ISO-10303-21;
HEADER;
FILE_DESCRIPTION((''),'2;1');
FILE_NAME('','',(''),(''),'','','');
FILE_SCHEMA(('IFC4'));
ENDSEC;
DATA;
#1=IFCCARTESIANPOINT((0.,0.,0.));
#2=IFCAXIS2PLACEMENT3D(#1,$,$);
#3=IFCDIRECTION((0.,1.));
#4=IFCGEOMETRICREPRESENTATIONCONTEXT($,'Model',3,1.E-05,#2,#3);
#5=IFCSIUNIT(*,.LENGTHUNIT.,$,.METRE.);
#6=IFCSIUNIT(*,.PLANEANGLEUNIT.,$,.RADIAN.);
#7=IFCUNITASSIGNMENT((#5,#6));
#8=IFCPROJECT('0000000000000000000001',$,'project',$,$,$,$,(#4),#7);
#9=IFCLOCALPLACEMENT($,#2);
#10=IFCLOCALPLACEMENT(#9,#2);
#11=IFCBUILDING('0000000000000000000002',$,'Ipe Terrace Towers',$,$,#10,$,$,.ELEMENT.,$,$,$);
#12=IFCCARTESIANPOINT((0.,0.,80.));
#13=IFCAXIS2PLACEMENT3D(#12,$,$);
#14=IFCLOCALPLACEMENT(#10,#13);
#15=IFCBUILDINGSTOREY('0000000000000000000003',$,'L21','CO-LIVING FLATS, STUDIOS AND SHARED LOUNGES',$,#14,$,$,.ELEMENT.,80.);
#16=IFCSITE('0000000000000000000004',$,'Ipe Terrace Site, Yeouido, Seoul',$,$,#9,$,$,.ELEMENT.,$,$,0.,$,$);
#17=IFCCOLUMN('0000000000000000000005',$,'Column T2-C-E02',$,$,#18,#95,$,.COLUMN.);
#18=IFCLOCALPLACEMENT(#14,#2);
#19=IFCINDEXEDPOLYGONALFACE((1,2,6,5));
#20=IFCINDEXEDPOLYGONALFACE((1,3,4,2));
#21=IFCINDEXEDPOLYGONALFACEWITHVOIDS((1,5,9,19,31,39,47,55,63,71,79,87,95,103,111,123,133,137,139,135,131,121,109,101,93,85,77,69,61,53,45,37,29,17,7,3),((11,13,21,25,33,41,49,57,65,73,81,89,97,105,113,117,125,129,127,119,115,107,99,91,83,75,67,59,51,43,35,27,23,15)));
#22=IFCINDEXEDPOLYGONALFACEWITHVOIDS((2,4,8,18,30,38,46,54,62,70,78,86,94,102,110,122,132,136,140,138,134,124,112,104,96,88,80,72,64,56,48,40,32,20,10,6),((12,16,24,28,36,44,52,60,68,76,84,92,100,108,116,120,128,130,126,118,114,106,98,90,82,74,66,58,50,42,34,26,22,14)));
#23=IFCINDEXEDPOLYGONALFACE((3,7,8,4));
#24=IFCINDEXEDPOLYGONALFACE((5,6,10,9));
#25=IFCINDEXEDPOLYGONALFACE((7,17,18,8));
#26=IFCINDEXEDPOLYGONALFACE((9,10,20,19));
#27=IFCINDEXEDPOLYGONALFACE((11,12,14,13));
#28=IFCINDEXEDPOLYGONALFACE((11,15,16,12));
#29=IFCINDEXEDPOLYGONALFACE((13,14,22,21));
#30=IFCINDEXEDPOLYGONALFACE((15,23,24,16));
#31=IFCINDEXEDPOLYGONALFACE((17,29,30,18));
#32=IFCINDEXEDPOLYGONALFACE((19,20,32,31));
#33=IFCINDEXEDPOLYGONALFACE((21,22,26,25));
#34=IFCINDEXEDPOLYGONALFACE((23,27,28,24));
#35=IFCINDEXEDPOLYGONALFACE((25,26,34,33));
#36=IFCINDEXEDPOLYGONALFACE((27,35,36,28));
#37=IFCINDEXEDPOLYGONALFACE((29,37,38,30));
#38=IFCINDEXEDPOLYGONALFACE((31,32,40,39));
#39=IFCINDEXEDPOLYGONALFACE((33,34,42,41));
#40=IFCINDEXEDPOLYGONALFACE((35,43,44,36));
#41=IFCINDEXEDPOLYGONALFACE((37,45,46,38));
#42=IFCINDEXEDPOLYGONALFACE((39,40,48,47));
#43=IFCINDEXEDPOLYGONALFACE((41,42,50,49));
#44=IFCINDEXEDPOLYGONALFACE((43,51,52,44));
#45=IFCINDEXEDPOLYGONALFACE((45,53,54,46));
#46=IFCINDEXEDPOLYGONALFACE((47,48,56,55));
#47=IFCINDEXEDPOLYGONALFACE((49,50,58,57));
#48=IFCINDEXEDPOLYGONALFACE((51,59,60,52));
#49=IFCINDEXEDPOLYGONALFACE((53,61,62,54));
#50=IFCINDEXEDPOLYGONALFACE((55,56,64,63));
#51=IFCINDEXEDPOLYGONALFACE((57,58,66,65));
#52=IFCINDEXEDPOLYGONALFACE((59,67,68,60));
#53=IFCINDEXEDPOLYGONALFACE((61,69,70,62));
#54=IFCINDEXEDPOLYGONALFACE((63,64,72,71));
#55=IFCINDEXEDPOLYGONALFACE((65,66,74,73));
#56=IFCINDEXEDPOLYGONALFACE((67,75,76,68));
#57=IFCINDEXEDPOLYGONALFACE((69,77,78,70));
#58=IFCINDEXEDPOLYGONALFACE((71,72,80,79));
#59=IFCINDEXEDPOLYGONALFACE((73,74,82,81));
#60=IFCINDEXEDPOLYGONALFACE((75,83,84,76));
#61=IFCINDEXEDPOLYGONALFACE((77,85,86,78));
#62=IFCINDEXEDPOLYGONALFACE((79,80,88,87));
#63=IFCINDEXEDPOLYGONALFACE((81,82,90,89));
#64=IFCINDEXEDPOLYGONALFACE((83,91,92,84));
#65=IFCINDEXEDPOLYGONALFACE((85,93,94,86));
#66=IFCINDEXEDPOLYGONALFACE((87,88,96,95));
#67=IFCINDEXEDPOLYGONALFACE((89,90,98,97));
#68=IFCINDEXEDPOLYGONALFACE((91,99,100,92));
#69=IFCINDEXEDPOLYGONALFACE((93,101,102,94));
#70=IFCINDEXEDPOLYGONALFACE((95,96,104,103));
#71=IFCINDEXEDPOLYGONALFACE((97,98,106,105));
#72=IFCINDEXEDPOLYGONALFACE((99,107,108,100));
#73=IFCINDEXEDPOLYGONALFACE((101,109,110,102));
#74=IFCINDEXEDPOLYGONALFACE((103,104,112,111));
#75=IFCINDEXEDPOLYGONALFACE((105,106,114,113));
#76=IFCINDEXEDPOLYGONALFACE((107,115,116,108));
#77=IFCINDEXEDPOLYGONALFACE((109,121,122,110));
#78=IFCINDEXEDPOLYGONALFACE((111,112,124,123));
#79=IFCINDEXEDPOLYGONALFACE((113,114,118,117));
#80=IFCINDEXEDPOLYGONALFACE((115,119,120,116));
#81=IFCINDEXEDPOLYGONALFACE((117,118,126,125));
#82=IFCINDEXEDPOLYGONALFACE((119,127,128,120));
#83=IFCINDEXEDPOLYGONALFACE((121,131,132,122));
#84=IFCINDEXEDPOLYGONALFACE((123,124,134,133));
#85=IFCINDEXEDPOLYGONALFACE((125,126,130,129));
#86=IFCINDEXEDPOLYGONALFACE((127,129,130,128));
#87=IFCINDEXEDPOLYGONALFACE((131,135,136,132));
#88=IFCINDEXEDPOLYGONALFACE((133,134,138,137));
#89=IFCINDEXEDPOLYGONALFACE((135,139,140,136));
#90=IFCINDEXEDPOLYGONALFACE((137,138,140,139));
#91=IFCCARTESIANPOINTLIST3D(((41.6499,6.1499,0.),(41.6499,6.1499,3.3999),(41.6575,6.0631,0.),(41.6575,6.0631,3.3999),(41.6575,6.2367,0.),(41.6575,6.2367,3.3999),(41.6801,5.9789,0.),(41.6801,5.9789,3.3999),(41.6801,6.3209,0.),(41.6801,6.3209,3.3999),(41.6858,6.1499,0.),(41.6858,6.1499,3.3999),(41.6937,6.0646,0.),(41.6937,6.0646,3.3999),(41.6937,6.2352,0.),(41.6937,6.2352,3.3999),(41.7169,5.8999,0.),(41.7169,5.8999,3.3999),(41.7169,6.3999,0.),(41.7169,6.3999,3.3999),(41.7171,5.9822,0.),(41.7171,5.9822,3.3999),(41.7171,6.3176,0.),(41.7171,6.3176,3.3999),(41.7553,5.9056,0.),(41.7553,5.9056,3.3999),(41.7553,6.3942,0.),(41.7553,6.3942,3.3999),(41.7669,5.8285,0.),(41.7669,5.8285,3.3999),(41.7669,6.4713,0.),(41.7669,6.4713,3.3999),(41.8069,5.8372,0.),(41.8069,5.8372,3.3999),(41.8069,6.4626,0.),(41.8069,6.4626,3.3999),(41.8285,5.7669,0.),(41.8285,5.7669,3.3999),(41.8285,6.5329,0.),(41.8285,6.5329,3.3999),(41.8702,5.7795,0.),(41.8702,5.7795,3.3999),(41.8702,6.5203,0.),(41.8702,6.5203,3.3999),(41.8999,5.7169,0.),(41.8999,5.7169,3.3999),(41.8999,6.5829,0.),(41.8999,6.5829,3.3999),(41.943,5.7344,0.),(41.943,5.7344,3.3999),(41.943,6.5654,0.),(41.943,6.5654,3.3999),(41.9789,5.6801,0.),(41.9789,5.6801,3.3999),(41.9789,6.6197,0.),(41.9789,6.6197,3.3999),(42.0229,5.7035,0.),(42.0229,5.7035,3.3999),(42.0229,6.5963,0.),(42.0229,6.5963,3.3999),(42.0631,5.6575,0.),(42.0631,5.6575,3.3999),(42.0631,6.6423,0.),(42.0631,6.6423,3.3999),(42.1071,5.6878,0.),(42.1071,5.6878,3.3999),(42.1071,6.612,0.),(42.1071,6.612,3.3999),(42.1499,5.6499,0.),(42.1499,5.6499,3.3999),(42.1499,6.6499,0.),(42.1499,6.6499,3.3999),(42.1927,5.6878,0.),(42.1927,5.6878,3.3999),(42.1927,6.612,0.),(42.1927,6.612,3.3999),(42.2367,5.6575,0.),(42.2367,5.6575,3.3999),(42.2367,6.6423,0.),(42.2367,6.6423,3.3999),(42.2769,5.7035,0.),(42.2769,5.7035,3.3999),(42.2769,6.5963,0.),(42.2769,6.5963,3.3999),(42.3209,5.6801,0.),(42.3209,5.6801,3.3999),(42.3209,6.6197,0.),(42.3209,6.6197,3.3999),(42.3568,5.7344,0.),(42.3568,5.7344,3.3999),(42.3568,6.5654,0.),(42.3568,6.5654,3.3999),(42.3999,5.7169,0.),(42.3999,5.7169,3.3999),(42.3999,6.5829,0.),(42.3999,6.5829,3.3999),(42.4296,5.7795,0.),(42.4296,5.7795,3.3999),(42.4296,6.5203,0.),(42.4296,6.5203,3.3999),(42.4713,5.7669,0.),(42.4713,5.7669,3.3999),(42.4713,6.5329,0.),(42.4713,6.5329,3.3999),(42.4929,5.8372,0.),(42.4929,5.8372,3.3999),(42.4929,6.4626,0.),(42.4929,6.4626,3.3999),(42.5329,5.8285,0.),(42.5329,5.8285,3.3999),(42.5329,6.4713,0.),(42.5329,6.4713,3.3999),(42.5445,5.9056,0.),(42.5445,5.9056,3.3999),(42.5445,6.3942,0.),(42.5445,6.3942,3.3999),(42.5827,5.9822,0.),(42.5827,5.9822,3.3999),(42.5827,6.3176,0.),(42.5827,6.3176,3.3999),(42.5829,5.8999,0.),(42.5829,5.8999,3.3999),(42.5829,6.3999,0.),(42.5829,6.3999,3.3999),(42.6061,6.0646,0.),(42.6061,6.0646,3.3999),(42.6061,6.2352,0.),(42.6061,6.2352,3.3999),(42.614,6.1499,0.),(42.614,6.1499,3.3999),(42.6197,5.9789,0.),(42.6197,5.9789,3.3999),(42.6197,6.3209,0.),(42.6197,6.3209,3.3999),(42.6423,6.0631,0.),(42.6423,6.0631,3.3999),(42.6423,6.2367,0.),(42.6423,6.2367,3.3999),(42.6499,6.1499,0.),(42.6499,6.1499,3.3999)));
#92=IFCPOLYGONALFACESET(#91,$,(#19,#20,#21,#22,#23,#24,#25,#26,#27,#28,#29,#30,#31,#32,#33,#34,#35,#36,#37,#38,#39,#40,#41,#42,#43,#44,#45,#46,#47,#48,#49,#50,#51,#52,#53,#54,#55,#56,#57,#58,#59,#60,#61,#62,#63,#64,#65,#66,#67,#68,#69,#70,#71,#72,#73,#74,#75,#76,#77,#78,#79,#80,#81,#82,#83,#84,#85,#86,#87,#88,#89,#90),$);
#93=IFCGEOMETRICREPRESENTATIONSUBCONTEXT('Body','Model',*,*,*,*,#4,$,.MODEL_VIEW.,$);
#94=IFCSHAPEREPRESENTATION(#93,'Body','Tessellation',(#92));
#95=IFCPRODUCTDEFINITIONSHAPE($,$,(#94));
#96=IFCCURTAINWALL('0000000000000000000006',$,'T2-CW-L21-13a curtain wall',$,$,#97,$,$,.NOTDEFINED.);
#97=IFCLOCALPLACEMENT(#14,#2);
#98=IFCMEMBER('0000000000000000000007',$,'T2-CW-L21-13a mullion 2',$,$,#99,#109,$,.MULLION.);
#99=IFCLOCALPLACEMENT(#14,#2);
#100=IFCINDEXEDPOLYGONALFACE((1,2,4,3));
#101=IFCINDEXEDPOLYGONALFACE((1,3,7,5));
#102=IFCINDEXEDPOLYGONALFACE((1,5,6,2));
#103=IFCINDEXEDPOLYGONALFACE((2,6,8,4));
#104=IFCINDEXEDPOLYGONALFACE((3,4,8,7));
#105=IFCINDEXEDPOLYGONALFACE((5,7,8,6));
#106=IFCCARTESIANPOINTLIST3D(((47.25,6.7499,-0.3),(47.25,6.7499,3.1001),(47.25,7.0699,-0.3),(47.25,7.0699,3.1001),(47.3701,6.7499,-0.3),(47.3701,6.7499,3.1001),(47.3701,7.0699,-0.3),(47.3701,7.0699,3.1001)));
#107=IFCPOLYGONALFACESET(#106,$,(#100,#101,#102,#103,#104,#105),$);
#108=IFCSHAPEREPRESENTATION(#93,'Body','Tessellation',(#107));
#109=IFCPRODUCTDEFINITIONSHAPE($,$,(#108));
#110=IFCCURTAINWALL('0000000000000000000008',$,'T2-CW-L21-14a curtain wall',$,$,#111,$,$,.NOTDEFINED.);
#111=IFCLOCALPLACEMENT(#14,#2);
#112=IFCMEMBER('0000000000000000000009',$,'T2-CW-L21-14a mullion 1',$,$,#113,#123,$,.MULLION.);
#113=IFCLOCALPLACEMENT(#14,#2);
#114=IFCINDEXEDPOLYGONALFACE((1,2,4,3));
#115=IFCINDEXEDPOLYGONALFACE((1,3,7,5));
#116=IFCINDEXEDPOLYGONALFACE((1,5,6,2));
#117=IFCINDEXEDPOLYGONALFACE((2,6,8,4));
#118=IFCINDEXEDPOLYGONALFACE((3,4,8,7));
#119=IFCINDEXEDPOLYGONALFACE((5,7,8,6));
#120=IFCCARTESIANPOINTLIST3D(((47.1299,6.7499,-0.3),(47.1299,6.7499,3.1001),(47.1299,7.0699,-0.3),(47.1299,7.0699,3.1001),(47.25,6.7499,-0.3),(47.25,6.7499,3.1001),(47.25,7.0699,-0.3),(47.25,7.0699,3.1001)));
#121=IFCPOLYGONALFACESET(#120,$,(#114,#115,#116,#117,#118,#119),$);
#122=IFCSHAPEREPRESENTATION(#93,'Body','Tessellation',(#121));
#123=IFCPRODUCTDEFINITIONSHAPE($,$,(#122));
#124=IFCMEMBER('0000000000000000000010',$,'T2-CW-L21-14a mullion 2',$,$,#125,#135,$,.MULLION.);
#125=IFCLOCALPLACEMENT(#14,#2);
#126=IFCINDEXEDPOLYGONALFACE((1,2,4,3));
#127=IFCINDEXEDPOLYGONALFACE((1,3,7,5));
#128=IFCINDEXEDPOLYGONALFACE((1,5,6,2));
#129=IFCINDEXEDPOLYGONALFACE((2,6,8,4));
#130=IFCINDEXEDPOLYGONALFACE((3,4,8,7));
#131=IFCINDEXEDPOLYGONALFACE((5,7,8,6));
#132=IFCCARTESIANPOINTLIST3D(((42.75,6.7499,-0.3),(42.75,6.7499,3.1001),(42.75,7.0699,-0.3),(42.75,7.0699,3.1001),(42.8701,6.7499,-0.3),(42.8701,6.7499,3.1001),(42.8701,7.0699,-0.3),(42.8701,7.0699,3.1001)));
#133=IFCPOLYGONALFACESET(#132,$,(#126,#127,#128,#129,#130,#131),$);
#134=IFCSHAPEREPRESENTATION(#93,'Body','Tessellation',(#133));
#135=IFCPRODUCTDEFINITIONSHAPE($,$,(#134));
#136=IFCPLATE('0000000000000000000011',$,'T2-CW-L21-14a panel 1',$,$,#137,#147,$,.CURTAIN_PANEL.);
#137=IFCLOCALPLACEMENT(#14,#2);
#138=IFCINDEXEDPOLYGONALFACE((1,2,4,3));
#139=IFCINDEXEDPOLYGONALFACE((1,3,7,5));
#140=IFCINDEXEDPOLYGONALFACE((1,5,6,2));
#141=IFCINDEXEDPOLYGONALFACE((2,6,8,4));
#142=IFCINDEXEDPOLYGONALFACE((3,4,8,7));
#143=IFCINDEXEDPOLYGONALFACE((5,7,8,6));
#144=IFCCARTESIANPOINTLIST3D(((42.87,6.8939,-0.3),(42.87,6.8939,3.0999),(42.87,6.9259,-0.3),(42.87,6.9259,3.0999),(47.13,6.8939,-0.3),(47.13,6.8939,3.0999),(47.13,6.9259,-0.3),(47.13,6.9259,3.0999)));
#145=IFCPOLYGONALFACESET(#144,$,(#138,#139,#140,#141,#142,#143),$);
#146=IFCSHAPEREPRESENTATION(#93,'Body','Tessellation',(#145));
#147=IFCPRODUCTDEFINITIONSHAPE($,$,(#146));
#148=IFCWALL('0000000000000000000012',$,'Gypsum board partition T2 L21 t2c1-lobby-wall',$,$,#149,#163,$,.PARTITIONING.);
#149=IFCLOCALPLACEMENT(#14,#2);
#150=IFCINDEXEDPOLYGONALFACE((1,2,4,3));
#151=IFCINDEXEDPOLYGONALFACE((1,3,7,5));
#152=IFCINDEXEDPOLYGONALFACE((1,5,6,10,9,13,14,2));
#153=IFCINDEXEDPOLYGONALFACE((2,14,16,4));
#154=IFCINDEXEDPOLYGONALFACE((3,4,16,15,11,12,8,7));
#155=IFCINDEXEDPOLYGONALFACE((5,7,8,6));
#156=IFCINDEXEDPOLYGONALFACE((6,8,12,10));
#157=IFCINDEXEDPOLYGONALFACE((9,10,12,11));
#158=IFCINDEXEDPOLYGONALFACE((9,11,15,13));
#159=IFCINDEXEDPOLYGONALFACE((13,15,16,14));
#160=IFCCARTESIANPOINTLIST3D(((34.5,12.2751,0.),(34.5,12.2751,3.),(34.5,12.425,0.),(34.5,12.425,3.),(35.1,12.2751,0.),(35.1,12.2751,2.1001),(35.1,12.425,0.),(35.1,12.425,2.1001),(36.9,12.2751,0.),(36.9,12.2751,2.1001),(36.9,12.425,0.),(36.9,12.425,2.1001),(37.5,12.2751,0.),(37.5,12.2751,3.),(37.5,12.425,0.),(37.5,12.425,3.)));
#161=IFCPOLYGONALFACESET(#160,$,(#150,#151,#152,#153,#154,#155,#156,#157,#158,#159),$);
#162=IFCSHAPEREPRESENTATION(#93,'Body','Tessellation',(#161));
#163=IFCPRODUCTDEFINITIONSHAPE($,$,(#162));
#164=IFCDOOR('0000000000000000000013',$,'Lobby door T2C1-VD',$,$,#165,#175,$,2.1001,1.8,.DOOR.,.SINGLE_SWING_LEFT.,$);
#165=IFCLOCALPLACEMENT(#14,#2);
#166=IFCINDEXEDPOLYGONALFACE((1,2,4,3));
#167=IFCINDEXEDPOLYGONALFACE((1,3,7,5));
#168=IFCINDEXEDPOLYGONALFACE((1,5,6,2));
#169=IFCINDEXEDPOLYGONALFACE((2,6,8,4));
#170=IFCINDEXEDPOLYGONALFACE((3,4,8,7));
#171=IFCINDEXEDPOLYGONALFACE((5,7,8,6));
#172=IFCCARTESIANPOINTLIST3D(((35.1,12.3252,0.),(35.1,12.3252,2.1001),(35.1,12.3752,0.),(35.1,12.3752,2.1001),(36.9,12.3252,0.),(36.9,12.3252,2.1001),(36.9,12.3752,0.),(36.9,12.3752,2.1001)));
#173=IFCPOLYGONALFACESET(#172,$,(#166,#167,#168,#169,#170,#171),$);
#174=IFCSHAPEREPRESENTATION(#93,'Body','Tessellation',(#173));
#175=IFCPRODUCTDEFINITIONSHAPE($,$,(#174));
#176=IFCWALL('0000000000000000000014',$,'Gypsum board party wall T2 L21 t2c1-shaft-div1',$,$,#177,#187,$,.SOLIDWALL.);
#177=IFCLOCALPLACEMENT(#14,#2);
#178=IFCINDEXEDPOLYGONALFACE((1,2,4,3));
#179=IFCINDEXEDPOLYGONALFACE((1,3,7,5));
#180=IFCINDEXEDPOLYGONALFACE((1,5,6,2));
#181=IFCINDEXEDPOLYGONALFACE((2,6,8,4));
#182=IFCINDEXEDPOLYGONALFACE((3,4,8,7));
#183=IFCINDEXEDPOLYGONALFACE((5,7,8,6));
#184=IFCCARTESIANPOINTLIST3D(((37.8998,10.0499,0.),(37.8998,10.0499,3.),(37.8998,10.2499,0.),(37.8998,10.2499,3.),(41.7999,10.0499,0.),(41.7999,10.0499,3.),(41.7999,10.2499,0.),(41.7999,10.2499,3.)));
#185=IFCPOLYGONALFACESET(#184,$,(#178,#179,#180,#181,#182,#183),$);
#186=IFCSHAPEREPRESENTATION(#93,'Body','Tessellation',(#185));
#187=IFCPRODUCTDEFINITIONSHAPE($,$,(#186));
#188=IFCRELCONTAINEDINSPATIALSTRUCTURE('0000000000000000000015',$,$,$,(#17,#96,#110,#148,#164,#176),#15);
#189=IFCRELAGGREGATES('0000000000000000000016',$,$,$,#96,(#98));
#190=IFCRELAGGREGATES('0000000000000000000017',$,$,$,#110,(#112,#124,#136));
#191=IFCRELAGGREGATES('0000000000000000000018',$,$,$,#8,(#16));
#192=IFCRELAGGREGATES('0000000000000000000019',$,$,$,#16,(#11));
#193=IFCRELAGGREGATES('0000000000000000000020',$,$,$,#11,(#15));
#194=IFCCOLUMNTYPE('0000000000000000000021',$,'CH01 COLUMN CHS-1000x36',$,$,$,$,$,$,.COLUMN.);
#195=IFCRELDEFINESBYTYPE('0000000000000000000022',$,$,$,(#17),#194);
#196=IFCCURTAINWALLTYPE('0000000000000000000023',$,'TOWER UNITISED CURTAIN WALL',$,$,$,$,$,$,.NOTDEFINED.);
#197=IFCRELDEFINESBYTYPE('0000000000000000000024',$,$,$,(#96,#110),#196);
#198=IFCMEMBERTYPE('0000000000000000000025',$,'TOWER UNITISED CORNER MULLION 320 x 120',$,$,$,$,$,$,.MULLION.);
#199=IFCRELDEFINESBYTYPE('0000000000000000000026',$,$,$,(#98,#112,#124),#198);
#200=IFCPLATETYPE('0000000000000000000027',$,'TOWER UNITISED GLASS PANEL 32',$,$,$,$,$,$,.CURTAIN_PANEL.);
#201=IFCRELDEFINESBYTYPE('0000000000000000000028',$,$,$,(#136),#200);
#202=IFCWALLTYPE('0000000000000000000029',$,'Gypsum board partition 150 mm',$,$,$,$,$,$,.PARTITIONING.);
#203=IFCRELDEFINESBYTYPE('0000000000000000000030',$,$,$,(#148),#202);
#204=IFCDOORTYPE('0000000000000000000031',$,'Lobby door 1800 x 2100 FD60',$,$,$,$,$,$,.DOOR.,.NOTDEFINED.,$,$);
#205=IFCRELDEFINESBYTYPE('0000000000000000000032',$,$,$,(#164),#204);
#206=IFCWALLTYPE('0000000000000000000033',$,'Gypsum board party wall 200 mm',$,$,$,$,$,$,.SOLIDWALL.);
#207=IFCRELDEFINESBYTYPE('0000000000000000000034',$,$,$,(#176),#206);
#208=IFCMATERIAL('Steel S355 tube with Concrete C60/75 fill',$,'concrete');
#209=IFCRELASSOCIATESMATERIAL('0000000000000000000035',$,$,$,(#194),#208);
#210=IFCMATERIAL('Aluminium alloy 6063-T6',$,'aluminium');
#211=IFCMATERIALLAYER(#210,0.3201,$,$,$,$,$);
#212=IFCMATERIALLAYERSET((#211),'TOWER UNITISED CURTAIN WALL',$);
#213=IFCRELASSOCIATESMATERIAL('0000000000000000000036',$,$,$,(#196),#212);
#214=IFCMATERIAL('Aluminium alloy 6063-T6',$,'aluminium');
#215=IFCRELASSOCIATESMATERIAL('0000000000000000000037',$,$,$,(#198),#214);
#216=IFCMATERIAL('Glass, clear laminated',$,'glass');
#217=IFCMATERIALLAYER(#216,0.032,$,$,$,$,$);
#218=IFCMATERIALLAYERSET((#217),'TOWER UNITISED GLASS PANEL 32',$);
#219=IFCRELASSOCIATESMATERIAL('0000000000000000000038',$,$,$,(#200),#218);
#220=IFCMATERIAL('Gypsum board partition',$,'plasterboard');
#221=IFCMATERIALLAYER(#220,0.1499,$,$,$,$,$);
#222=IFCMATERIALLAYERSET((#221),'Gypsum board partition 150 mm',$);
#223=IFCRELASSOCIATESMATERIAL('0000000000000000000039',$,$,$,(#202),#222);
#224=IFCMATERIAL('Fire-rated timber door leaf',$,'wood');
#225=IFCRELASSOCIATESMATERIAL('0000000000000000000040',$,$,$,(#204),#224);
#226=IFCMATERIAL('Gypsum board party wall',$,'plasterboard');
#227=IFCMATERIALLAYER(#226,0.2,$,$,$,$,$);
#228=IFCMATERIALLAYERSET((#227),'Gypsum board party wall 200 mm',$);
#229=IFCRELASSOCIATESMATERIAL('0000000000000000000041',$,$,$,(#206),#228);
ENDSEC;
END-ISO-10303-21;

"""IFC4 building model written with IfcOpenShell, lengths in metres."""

from ifc_helpers import new_model, si_unit, direction, frame, frame_2d, origin, origin_2d, place, context, subcontext, project, spatial, rectangle, hollow_circle, extrude, material, layer, layer_set, material_profile, profile_set, type_object, element, fill, aggregate, save


model = new_model("IFC4")

# Units and contexts
model_context = context("Model", 3, precision=1e-05, world=origin(), true_north=direction((0.0, 1.0)))
body_context = subcontext(model_context, "Body", "Model", "MODEL_VIEW")
ifc_project = project(units=[si_unit("LENGTHUNIT", "METRE"), si_unit("PLANEANGLEUNIT", "RADIAN")], contexts=[model_context])

# Site, building, storey
site_placement = place(None, origin())
site = spatial("IfcSite", under=ifc_project, at=site_placement, Name="Ipe Terrace Site, Yeouido, Seoul", CompositionType="ELEMENT", RefElevation=0.0)
building_placement = place(site_placement, origin())
building = spatial("IfcBuilding", under=site, at=building_placement, Name="Ipe Terrace Towers", CompositionType="ELEMENT")
storey_placement = place(building_placement, frame((0.0, 0.0, 80.0)))
storey = spatial("IfcBuildingStorey", under=building, at=storey_placement, Name="L21", Description="CO-LIVING FLATS, STUDIOS AND SHARED LOUNGES", CompositionType="ELEMENT", Elevation=80.0)

# Column
ifc_material_1 = material(Name="Steel S355 tube with Concrete C60/75 fill", Category="concrete")
ifc_material_profile_1 = material_profile(ifc_material_1, hollow_circle(Radius=0.5, WallThickness=0.0359, at=origin_2d()), Name="CHS-1000x36")
ifc_profile_set_1 = profile_set([ifc_material_profile_1], Name="Steel S355 tube with Concrete C60/75 fill")
column_type = type_object("IfcColumnType", Name="CH01 COLUMN CHS-1000x36", PredefinedType="COLUMN", material=ifc_profile_set_1)
column_placement = place(storey_placement, frame((42.1499, 6.1499, 0.0), z_axis=(0.0, 0.0, 1.0), x_axis=(1.0, 0.0, 0.0)))
element("IfcColumn", 1, at=column_placement, inside=storey, type_object=column_type, Name="Column T2-C-E02", PredefinedType="COLUMN", context=body_context, shape_type="SweptSolid", body=[
    extrude(hollow_circle(Radius=0.5, WallThickness=0.0359, at=origin_2d()), origin(), (0.0, 0.0, 1.0), 3.3999),
])

# Curtain wall, member
ifc_material_2 = material(Name="Aluminium alloy 6063-T6", Category="aluminium")
ifc_layer_1 = layer(ifc_material_2, 0.3201)
ifc_layer_set_1 = layer_set([ifc_layer_1], Name="TOWER UNITISED CURTAIN WALL")
curtain_wall_type = type_object("IfcCurtainWallType", Name="TOWER UNITISED CURTAIN WALL", PredefinedType="NOTDEFINED", material=ifc_layer_set_1)
curtain_wall_1_placement = place(storey_placement, origin())
curtain_wall_1 = element("IfcCurtainWall", 2, at=curtain_wall_1_placement, inside=storey, type_object=curtain_wall_type, Name="T2-CW-L21-13a curtain wall", PredefinedType="NOTDEFINED")
ifc_material_3 = material(Name="Aluminium alloy 6063-T6", Category="aluminium")
ifc_material_profile_2 = material_profile(ifc_material_3, rectangle(XDim=0.3201, YDim=0.1201, at=origin_2d()), Name="TOWER UNITISED CORNER MULLION 320 x 120")
ifc_profile_set_2 = profile_set([ifc_material_profile_2], Name="Aluminium alloy 6063-T6")
member_type = type_object("IfcMemberType", Name="TOWER UNITISED CORNER MULLION 320 x 120", PredefinedType="MULLION", material=ifc_profile_set_2)
member_1_placement = place(storey_placement, frame((47.3101, 6.9099, -0.3), z_axis=(0.0, 0.0, 1.0), x_axis=(0.0, 1.0, 0.0)))
member_1 = element("IfcMember", 3, at=member_1_placement, type_object=member_type, Name="T2-CW-L21-13a mullion 2", PredefinedType="MULLION", context=body_context, shape_type="SweptSolid", body=[
    extrude(rectangle(XDim=0.3201, YDim=0.1201, at=origin_2d()), origin(), (0.0, 0.0, 1.0), 3.4001),
])
aggregate(curtain_wall_1, [member_1])

# Curtain wall, members, plate
curtain_wall_2_placement = place(storey_placement, origin())
curtain_wall_2 = element("IfcCurtainWall", 4, at=curtain_wall_2_placement, inside=storey, type_object=curtain_wall_type, Name="T2-CW-L21-14a curtain wall", PredefinedType="NOTDEFINED")
member_2_placement = place(storey_placement, frame((47.1899, 6.9099, -0.3), z_axis=(0.0, 0.0, 1.0), x_axis=(0.0, 1.0, 0.0)))
member_2 = element("IfcMember", 5, at=member_2_placement, type_object=member_type, Name="T2-CW-L21-14a mullion 1", PredefinedType="MULLION", context=body_context, shape_type="SweptSolid", body=[
    extrude(rectangle(XDim=0.3201, YDim=0.1201, at=origin_2d()), origin(), (0.0, 0.0, 1.0), 3.4001),
])
member_3_placement = place(storey_placement, frame((42.8101, 6.9099, -0.3), z_axis=(0.0, 0.0, 1.0), x_axis=(0.0, 1.0, 0.0)))
member_3 = element("IfcMember", 6, at=member_3_placement, type_object=member_type, Name="T2-CW-L21-14a mullion 2", PredefinedType="MULLION", context=body_context, shape_type="SweptSolid", body=[
    extrude(rectangle(XDim=0.3201, YDim=0.1201, at=origin_2d()), origin(), (0.0, 0.0, 1.0), 3.4001),
])
ifc_material_4 = material(Name="Glass, clear laminated", Category="glass")
ifc_layer_2 = layer(ifc_material_4, 0.032)
ifc_layer_set_2 = layer_set([ifc_layer_2], Name="TOWER UNITISED GLASS PANEL 32")
plate_type = type_object("IfcPlateType", Name="TOWER UNITISED GLASS PANEL 32", PredefinedType="CURTAIN_PANEL", material=ifc_layer_set_2)
plate_placement = place(storey_placement, frame((45.0, 6.9099, -0.3), z_axis=(0.0, 0.0, 1.0), x_axis=(-1.0, 0.0, 0.0)))
plate = element("IfcPlate", 7, at=plate_placement, type_object=plate_type, Name="T2-CW-L21-14a panel 1", PredefinedType="CURTAIN_PANEL", context=body_context, shape_type="SweptSolid", body=[
    extrude(rectangle(XDim=4.26, YDim=0.032, at=origin_2d()), origin(), (0.0, 0.0, 1.0), 3.3999),
])
aggregate(curtain_wall_2, [member_2, member_3, plate])

# Wall, opening, door
ifc_material_5 = material(Name="Gypsum board partition", Category="plasterboard")
ifc_layer_3 = layer(ifc_material_5, 0.1499)
ifc_layer_set_3 = layer_set([ifc_layer_3], Name="Gypsum board partition 150 mm")
wall_type_1 = type_object("IfcWallType", Name="Gypsum board partition 150 mm", PredefinedType="PARTITIONING", material=ifc_layer_set_3)
wall_1_placement = place(storey_placement, frame((37.5, 12.3501, 0.0), z_axis=(0.0, 0.0, 1.0), x_axis=(-1.0, 0.0, 0.0)))
wall_1 = element("IfcWall", 8, at=wall_1_placement, inside=storey, type_object=wall_type_1, Name="Gypsum board partition T2 L21 t2c1-lobby-wall", PredefinedType="PARTITIONING", context=body_context, shape_type="SweptSolid", body=[
    extrude(rectangle(XDim=3.0, YDim=0.1499, at=frame_2d((1.5, 0.0))), origin(), (0.0, 0.0, 1.0), 3.0),
])
opening_1_placement = place(wall_1_placement, frame((0.6001, 0.0, 0.0)))
opening_1 = element("IfcOpeningElement", 9, at=opening_1_placement, cuts=wall_1, PredefinedType="OPENING", context=body_context, shape_type="SweptSolid", body=[
    extrude(rectangle(XDim=1.8, YDim=2.1001, at=frame_2d((0.8999, 1.05))), frame((0.0, 0.085, 0.0), z_axis=(0.0, -1.0, 0.0), x_axis=(1.0, 0.0, 0.0)), (0.0, 0.0, 1.0), 0.1699),
])
ifc_material_6 = material(Name="Fire-rated timber door leaf", Category="wood")
door_type_1 = type_object("IfcDoorType", Name="Lobby door 1800 x 2100 FD60", OperationType="NOTDEFINED", PredefinedType="DOOR", material=ifc_material_6)
door_1_placement = place(opening_1_placement, origin())
door_1 = element("IfcDoor", 10, at=door_1_placement, inside=storey, type_object=door_type_1, Name="Lobby door T2C1-VD", OperationType="SINGLE_SWING_LEFT", OverallHeight=2.1001, OverallWidth=1.8, PredefinedType="DOOR", context=body_context, shape_type="SweptSolid", body=[
    extrude(rectangle(XDim=1.8, YDim=2.1001, at=frame_2d((0.8999, 1.05))), frame((0.0, 0.0249, 0.0), z_axis=(0.0, -1.0, 0.0), x_axis=(1.0, 0.0, 0.0)), (0.0, 0.0, 1.0), 0.05),
])
fill(opening_1, door_1)

# Wall
ifc_material_7 = material(Name="Gypsum board party wall", Category="plasterboard")
ifc_layer_4 = layer(ifc_material_7, 0.2)
ifc_layer_set_4 = layer_set([ifc_layer_4], Name="Gypsum board party wall 200 mm")
wall_type_2 = type_object("IfcWallType", Name="Gypsum board party wall 200 mm", PredefinedType="SOLIDWALL", material=ifc_layer_set_4)
for number, where, z_axis, x_axis, name in (
    (11, (41.8, 10.1499, 0.0), (0.0, 0.0, 1.0), (-1.0, 0.0, 0.0), "Gypsum board party wall T2 L21 t2c1-shaft-div1"),
):
    element("IfcWall", number, at=place(storey_placement, frame(where, z_axis=z_axis, x_axis=x_axis)), inside=storey, type_object=wall_type_2, Name=name, PredefinedType="SOLIDWALL", context=body_context, shape_type="SweptSolid", body=[
        extrude(rectangle(XDim=3.9001, YDim=0.2, at=frame_2d((1.9502, 0.0))), origin(), (0.0, 0.0, 1.0), 3.0),
    ])

save(model, "model.ifc")
